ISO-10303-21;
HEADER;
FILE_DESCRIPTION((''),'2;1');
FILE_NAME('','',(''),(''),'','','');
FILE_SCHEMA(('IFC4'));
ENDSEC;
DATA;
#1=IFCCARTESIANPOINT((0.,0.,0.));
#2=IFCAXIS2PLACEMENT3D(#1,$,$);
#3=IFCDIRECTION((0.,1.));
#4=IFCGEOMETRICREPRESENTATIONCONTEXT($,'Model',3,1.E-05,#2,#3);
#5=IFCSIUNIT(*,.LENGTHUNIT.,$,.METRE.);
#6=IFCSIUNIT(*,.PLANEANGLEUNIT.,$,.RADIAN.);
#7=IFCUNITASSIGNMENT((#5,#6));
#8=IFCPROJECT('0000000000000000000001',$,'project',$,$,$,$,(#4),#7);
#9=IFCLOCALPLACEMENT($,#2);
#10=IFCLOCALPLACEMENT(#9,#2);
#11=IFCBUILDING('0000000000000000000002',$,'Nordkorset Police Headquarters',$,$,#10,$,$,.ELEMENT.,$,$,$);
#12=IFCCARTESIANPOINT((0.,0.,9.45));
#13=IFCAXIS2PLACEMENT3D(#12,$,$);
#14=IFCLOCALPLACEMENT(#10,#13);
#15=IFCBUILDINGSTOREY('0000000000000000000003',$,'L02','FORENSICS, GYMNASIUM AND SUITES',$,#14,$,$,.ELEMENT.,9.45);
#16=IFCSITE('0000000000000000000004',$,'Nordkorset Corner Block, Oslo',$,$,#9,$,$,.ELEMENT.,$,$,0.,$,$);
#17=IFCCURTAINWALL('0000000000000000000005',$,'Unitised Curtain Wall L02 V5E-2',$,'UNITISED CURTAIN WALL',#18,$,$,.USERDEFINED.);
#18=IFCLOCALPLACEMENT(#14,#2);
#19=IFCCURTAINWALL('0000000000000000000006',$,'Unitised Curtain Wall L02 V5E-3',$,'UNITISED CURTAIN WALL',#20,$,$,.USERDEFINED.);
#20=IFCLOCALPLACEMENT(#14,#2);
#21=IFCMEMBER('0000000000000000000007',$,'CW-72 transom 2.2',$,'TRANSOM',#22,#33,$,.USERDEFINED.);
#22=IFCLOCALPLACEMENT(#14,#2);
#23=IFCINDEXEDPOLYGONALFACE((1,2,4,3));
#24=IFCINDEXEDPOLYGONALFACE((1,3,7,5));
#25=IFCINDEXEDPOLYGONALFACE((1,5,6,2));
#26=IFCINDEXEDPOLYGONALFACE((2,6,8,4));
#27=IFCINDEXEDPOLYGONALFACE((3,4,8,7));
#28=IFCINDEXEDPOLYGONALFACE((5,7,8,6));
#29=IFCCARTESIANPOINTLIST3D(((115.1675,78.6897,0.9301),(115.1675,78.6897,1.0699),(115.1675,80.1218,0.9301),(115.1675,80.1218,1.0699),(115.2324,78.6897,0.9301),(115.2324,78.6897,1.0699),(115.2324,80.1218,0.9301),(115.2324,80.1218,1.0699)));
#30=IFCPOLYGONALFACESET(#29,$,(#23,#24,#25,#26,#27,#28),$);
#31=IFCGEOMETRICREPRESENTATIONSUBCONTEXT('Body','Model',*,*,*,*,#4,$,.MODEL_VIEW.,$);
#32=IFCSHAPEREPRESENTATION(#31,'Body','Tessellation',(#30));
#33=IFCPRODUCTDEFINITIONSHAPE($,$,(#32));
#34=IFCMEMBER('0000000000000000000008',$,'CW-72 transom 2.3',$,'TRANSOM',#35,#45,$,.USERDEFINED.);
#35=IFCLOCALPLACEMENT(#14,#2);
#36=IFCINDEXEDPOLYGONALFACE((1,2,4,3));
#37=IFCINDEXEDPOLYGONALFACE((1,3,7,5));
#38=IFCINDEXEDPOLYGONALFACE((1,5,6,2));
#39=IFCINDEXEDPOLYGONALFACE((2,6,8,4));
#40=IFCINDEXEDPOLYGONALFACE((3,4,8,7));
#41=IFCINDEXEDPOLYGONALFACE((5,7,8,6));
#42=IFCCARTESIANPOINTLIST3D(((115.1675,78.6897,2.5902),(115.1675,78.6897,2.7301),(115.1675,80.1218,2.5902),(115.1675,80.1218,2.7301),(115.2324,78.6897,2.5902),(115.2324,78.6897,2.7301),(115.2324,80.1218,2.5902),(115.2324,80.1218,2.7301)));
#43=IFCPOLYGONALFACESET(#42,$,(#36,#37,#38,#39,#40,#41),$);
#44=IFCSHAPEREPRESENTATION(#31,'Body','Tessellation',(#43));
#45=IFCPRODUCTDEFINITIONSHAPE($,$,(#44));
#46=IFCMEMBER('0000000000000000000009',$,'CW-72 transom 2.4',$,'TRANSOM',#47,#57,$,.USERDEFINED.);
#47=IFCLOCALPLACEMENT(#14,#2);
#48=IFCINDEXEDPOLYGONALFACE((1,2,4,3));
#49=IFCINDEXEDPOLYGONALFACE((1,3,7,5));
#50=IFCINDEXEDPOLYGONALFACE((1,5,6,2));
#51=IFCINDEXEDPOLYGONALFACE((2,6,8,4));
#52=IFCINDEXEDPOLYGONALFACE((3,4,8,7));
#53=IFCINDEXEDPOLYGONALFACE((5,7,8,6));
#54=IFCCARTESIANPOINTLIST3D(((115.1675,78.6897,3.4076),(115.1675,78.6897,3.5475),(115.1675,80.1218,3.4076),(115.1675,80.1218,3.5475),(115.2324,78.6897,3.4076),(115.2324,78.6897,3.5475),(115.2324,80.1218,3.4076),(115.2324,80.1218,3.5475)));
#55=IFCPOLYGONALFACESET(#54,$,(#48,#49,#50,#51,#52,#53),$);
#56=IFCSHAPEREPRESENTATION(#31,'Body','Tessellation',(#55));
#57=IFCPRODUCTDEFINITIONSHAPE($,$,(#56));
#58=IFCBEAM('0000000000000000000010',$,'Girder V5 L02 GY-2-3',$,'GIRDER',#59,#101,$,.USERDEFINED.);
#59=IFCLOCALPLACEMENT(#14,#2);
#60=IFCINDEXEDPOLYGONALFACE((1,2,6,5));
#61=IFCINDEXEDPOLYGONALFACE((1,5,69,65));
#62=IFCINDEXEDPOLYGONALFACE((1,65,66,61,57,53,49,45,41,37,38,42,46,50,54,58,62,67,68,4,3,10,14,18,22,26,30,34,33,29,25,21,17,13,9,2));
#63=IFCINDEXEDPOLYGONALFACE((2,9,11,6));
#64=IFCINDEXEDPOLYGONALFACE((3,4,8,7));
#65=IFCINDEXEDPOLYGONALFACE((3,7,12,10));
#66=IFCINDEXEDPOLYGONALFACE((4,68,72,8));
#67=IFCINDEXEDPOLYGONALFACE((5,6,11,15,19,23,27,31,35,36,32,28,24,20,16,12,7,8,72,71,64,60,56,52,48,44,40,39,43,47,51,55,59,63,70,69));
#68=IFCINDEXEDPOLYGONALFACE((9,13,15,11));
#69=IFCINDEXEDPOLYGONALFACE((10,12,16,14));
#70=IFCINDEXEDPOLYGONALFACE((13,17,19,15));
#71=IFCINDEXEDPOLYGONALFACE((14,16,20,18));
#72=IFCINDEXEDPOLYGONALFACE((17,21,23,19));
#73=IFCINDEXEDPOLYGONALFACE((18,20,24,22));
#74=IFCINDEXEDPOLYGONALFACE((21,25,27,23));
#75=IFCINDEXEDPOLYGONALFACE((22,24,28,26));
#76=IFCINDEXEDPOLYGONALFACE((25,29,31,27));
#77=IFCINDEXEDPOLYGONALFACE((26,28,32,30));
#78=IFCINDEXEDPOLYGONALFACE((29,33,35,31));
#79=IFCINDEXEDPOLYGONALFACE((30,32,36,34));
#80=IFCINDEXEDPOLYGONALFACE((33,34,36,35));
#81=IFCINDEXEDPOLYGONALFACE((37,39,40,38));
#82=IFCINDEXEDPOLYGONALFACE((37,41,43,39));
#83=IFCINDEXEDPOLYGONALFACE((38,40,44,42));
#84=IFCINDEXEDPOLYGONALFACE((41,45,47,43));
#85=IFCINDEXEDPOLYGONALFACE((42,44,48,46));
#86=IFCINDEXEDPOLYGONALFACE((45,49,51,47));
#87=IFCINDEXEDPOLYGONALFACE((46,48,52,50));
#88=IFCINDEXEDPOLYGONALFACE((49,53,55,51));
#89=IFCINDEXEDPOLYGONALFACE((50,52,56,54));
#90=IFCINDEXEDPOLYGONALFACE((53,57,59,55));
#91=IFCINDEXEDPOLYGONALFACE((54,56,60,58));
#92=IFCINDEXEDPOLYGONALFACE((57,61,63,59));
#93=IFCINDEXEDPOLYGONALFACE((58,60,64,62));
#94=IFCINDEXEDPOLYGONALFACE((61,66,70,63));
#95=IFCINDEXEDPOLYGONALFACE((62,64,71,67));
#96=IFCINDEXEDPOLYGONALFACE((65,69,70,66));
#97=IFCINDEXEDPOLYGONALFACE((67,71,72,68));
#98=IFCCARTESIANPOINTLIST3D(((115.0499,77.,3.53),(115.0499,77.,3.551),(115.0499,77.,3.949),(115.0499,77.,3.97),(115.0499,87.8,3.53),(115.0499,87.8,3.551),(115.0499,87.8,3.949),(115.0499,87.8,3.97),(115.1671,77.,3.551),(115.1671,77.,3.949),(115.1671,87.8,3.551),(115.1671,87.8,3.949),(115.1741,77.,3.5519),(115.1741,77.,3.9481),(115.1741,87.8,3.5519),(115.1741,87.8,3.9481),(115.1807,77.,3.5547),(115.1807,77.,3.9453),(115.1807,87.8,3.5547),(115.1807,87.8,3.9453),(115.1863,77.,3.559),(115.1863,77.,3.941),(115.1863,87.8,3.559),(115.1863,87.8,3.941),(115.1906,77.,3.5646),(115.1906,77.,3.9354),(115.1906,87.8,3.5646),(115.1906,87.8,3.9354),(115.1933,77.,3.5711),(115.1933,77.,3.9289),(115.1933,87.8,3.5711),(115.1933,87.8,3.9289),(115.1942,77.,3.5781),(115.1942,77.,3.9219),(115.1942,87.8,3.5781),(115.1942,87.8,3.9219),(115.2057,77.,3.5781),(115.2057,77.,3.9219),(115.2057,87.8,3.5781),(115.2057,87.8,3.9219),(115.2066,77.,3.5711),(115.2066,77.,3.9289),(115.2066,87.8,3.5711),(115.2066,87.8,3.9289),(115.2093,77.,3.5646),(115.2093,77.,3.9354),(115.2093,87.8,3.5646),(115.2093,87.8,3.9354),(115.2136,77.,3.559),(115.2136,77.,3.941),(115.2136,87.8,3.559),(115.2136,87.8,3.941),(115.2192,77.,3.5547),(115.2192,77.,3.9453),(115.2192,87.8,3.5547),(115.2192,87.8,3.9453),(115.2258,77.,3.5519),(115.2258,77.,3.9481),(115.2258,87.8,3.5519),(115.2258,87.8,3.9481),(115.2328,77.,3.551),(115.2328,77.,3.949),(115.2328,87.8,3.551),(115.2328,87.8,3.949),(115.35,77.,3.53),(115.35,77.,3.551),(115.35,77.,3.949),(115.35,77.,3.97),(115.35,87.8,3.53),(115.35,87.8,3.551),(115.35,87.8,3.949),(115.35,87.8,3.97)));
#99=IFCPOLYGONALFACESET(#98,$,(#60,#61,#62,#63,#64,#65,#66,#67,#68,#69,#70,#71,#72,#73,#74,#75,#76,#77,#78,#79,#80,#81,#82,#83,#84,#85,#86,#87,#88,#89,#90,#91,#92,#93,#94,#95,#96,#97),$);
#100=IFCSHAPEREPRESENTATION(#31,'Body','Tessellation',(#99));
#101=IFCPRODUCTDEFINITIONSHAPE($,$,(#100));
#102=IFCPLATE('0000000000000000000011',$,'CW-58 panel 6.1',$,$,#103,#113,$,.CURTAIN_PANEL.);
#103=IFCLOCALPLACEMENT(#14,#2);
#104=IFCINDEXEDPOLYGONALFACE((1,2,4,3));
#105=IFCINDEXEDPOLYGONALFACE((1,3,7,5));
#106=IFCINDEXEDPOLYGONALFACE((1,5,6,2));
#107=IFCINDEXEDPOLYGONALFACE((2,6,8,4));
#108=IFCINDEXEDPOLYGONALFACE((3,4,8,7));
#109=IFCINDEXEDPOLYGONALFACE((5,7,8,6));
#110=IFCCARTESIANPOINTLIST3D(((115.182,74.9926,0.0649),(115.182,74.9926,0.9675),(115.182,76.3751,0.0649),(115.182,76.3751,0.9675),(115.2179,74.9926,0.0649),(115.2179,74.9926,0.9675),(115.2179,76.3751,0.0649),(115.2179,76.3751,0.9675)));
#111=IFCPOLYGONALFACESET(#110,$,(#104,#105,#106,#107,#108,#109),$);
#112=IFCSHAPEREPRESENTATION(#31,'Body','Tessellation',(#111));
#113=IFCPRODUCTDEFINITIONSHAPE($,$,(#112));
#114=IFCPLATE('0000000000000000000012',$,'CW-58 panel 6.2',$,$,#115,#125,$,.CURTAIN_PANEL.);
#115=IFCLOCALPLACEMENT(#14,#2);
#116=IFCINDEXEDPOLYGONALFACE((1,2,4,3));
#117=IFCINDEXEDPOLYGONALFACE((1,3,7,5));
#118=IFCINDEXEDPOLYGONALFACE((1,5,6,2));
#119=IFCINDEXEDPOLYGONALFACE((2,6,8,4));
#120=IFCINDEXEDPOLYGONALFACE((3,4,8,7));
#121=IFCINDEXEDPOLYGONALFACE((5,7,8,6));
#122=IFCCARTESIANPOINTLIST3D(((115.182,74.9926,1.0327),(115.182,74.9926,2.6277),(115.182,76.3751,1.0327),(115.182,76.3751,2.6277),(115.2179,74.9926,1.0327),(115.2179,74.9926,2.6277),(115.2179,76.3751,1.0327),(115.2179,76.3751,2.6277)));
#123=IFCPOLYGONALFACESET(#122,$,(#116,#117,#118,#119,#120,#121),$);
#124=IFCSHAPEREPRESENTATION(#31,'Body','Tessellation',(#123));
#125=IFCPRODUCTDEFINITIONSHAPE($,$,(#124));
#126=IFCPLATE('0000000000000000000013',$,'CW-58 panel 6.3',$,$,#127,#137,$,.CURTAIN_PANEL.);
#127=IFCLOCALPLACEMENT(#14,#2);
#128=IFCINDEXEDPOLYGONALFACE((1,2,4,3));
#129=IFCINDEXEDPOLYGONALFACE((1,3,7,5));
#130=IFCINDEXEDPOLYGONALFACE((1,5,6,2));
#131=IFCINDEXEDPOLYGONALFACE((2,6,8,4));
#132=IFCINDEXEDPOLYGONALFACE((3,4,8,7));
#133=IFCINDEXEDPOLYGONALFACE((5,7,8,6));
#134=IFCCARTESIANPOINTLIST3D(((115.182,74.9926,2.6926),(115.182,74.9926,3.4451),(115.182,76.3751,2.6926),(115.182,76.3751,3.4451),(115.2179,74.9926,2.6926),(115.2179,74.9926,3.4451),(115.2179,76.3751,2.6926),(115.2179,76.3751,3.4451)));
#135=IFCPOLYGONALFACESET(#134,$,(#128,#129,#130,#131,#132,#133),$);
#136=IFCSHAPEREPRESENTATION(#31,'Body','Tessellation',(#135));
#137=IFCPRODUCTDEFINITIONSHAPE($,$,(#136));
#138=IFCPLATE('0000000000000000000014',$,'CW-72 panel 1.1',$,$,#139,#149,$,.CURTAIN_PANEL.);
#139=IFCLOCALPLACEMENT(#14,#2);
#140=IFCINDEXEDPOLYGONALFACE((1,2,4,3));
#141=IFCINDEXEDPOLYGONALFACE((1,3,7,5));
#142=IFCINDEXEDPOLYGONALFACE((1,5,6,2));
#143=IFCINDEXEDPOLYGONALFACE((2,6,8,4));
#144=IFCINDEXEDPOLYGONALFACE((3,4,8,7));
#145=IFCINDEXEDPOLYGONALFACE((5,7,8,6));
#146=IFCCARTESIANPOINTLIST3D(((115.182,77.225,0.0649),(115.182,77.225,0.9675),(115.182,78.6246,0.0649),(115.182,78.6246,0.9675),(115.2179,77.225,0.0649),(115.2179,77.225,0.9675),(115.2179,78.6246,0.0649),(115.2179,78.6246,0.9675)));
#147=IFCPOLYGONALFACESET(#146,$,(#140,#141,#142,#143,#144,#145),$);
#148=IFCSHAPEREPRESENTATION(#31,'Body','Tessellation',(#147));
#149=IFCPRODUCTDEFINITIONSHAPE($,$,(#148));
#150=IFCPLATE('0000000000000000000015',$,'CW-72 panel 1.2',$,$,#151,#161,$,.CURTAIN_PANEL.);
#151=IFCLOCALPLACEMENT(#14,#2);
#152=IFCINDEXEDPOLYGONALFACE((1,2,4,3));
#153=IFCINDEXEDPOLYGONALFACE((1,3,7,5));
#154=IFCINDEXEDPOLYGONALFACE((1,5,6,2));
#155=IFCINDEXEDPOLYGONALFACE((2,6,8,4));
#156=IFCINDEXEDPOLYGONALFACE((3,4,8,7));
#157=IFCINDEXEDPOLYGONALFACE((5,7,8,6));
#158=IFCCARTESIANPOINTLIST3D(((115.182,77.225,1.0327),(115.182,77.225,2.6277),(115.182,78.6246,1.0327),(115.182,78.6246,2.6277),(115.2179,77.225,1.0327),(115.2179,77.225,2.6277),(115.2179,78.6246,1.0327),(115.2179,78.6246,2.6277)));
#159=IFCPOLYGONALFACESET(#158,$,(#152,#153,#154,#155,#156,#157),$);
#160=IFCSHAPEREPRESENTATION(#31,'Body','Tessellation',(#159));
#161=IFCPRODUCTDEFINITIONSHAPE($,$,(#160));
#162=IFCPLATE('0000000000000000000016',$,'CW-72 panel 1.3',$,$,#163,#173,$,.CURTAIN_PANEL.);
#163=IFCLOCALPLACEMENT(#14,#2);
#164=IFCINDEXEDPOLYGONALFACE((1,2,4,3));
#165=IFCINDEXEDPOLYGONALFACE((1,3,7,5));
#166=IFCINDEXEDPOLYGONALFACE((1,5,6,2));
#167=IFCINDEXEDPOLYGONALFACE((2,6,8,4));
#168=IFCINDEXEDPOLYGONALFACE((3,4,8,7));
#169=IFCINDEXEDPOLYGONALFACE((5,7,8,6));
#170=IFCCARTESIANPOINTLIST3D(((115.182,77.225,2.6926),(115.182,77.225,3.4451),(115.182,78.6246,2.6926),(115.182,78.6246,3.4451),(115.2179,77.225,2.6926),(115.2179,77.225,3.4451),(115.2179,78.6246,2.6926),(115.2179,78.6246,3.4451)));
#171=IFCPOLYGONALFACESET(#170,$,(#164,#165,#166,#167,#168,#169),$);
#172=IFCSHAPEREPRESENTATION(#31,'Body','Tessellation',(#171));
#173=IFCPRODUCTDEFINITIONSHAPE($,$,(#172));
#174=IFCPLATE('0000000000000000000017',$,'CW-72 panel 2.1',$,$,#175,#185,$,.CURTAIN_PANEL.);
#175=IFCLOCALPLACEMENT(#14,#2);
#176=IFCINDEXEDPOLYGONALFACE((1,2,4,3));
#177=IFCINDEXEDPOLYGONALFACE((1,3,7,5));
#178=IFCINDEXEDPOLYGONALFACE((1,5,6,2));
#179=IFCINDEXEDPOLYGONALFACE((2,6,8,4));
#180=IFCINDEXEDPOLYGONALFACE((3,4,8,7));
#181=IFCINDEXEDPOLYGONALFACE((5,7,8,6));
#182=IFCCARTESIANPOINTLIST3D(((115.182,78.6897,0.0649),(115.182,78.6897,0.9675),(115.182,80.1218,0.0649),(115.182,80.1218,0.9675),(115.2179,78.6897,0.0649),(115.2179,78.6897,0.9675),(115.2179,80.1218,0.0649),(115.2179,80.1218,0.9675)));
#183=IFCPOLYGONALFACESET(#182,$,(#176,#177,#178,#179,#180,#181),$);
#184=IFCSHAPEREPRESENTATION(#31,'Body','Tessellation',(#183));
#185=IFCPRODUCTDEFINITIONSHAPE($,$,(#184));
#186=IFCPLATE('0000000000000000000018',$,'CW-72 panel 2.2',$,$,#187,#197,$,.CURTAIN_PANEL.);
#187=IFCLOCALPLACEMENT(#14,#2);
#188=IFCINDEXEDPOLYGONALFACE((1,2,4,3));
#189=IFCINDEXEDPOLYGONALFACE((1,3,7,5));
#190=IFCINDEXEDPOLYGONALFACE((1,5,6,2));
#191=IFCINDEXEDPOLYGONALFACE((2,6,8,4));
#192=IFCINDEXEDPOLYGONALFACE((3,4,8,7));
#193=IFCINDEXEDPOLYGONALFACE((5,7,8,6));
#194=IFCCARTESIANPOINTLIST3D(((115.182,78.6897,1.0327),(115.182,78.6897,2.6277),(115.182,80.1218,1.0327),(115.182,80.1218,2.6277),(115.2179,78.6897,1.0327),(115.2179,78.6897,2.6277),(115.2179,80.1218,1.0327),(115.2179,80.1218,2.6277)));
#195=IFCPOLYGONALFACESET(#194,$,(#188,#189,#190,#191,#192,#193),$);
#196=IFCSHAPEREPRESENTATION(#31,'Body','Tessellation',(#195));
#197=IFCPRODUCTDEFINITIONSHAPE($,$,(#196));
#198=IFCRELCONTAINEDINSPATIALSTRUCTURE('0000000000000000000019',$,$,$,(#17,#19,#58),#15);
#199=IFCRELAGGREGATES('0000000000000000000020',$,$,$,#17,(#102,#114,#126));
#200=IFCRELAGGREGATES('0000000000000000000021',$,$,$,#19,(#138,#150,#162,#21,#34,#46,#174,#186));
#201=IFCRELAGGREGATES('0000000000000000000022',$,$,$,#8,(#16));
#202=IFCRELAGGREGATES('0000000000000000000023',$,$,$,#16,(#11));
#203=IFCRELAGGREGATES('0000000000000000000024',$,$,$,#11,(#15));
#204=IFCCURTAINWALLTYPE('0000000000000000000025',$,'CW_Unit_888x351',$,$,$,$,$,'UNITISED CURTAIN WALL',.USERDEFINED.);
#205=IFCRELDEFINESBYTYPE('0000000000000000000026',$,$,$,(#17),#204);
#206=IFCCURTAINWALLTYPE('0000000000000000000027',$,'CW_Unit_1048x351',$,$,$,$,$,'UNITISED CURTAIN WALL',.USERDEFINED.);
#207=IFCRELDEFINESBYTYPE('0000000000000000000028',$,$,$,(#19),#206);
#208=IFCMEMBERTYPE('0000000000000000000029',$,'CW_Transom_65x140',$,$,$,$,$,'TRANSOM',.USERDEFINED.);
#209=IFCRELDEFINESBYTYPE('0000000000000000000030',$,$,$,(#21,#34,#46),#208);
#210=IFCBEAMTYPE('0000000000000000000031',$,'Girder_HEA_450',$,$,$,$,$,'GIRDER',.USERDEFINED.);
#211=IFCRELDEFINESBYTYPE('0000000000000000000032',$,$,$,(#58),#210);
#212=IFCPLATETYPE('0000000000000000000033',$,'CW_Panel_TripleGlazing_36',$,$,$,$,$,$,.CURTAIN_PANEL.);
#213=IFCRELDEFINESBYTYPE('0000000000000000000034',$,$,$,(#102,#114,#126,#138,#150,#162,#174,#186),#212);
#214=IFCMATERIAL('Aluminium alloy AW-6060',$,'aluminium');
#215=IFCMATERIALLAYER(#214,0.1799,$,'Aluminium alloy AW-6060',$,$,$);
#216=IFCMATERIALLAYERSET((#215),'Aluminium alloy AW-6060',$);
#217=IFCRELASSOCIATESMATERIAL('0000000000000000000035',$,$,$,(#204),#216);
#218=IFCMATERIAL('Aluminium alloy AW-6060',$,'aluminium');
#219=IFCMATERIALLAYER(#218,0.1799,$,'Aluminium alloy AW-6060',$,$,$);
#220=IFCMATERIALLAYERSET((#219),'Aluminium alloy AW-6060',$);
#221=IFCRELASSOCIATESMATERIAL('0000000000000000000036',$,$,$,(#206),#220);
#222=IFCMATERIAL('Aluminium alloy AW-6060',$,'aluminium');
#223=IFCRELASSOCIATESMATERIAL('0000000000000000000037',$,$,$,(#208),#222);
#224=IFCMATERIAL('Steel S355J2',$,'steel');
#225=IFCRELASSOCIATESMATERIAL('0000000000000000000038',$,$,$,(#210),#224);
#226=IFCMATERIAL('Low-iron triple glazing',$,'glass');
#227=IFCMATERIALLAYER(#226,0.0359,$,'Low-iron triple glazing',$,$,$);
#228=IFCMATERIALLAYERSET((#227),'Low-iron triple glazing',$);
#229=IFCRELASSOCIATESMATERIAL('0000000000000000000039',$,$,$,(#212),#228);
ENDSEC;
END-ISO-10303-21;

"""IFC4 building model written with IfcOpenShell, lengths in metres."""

from ifc_helpers import new_model, si_unit, direction, frame, origin, origin_2d, place, context, subcontext, project, spatial, rectangle, i_section, extrude, material, layer, layer_set, material_profile, profile_set, type_object, element, aggregate, save


model = new_model("IFC4")

# Units and contexts
model_context = context("Model", 3, precision=1e-05, world=origin(), true_north=direction((0.0, 1.0)))
body_context = subcontext(model_context, "Body", "Model", "MODEL_VIEW")
ifc_project = project(units=[si_unit("LENGTHUNIT", "METRE"), si_unit("PLANEANGLEUNIT", "RADIAN")], contexts=[model_context])

# Site, building, storey
site_placement = place(None, origin())
site = spatial("IfcSite", under=ifc_project, at=site_placement, Name="Nordkorset Corner Block, Oslo", CompositionType="ELEMENT", RefElevation=0.0)
building_placement = place(site_placement, origin())
building = spatial("IfcBuilding", under=site, at=building_placement, Name="Nordkorset Police Headquarters", CompositionType="ELEMENT")
storey_placement = place(building_placement, frame((0.0, 0.0, 9.45)))
storey = spatial("IfcBuildingStorey", under=building, at=storey_placement, Name="L02", Description="FORENSICS, GYMNASIUM AND SUITES", CompositionType="ELEMENT", Elevation=9.45)

# Curtain wall
ifc_material_1 = material(Name="Aluminium alloy AW-6060", Category="aluminium")
ifc_layer_1 = layer(ifc_material_1, 0.1799, Name="Aluminium alloy AW-6060")
ifc_layer_set_1 = layer_set([ifc_layer_1], Name="Aluminium alloy AW-6060")
curtain_wall_type_1 = type_object("IfcCurtainWallType", Name="CW_Unit_888x351", ElementType="UNITISED CURTAIN WALL", PredefinedType="USERDEFINED", material=ifc_layer_set_1)
curtain_wall_1_placement = place(storey_placement, origin())
curtain_wall_1 = element("IfcCurtainWall", 1, at=curtain_wall_1_placement, inside=storey, type_object=curtain_wall_type_1, Name="Unitised Curtain Wall L02 V5E-2", ObjectType="UNITISED CURTAIN WALL", PredefinedType="USERDEFINED")

# Curtain wall
ifc_material_2 = material(Name="Aluminium alloy AW-6060", Category="aluminium")
ifc_layer_2 = layer(ifc_material_2, 0.1799, Name="Aluminium alloy AW-6060")
ifc_layer_set_2 = layer_set([ifc_layer_2], Name="Aluminium alloy AW-6060")
curtain_wall_type_2 = type_object("IfcCurtainWallType", Name="CW_Unit_1048x351", ElementType="UNITISED CURTAIN WALL", PredefinedType="USERDEFINED", material=ifc_layer_set_2)
curtain_wall_2_placement = place(storey_placement, origin())
curtain_wall_2 = element("IfcCurtainWall", 2, at=curtain_wall_2_placement, inside=storey, type_object=curtain_wall_type_2, Name="Unitised Curtain Wall L02 V5E-3", ObjectType="UNITISED CURTAIN WALL", PredefinedType="USERDEFINED")

# Members
ifc_material_3 = material(Name="Aluminium alloy AW-6060", Category="aluminium")
ifc_material_profile_1 = material_profile(ifc_material_3, rectangle(XDim=0.0649, YDim=0.1399, at=origin_2d()), Name="ALU TRAN 65x140")
ifc_profile_set_1 = profile_set([ifc_material_profile_1], Name="Aluminium alloy AW-6060")
member_type_1 = type_object("IfcMemberType", Name="CW_Transom_65x140", ElementType="TRANSOM", PredefinedType="USERDEFINED", material=ifc_profile_set_1)
member_1_placement = place(storey_placement, frame((115.2, 78.6897, 1.0), z_axis=(0.0, 1.0, 0.0), x_axis=(-1.0, 0.0, 0.0)))
member_1 = element("IfcMember", 3, at=member_1_placement, type_object=member_type_1, Name="CW-72 transom 2.2", ObjectType="TRANSOM", PredefinedType="USERDEFINED", context=body_context, shape_type="SweptSolid", body=[
    extrude(rectangle(XDim=0.0649, YDim=0.1399, at=origin_2d()), origin(), (0.0, 0.0, 1.0), 1.4321),
])
member_2_placement = place(storey_placement, frame((115.2, 78.6897, 2.6602), z_axis=(0.0, 1.0, 0.0), x_axis=(-1.0, 0.0, 0.0)))
member_2 = element("IfcMember", 4, at=member_2_placement, type_object=member_type_1, Name="CW-72 transom 2.3", ObjectType="TRANSOM", PredefinedType="USERDEFINED", context=body_context, shape_type="SweptSolid", body=[
    extrude(rectangle(XDim=0.0649, YDim=0.1399, at=origin_2d()), origin(), (0.0, 0.0, 1.0), 1.4321),
])
member_3_placement = place(storey_placement, frame((115.2, 78.6897, 3.4775), z_axis=(0.0, 1.0, 0.0), x_axis=(-1.0, 0.0, 0.0)))
member_3 = element("IfcMember", 5, at=member_3_placement, type_object=member_type_1, Name="CW-72 transom 2.4", ObjectType="TRANSOM", PredefinedType="USERDEFINED", context=body_context, shape_type="SweptSolid", body=[
    extrude(rectangle(XDim=0.0649, YDim=0.1399, at=origin_2d()), origin(), (0.0, 0.0, 1.0), 1.4321),
])

# Beam
ifc_material_4 = material(Name="Steel S355J2", Category="steel")
ifc_material_profile_2 = material_profile(ifc_material_4, i_section(OverallWidth=0.3, OverallDepth=0.4399, WebThickness=0.0115, FlangeThickness=0.021, FilletRadius=0.0271, at=origin_2d()), Name="HEA 450")
ifc_profile_set_2 = profile_set([ifc_material_profile_2], Name="Steel S355J2")
beam_type = type_object("IfcBeamType", Name="Girder_HEA_450", ElementType="GIRDER", PredefinedType="USERDEFINED", material=ifc_profile_set_2)
beam_placement = place(storey_placement, frame((115.2, 77.0, 3.75), z_axis=(0.0, 1.0, 0.0), x_axis=(-1.0, 0.0, 0.0)))
element("IfcBeam", 6, at=beam_placement, inside=storey, type_object=beam_type, Name="Girder V5 L02 GY-2-3", ObjectType="GIRDER", PredefinedType="USERDEFINED", context=body_context, shape_type="SweptSolid", body=[
    extrude(i_section(OverallWidth=0.3, OverallDepth=0.4399, WebThickness=0.0115, FlangeThickness=0.021, FilletRadius=0.0271, at=origin_2d()), origin(), (0.0, 0.0, 1.0), 10.8),
])

# Plates
ifc_material_5 = material(Name="Low-iron triple glazing", Category="glass")
ifc_layer_3 = layer(ifc_material_5, 0.0359, Name="Low-iron triple glazing")
ifc_layer_set_3 = layer_set([ifc_layer_3], Name="Low-iron triple glazing")
plate_type = type_object("IfcPlateType", Name="CW_Panel_TripleGlazing_36", PredefinedType="CURTAIN_PANEL", material=ifc_layer_set_3)
plate_1_placement = place(storey_placement, frame((115.2, 75.6838, 0.0649), z_axis=(0.0, 0.0, 1.0), x_axis=(0.0, 1.0, 0.0)))
plate_1 = element("IfcPlate", 7, at=plate_1_placement, type_object=plate_type, Name="CW-58 panel 6.1", PredefinedType="CURTAIN_PANEL", context=body_context, shape_type="SweptSolid", body=[
    extrude(rectangle(XDim=1.3826, YDim=0.0359, at=origin_2d()), origin(), (0.0, 0.0, 1.0), 0.9026),
])
plate_2_placement = place(storey_placement, frame((115.2, 75.6838, 1.0327), z_axis=(0.0, 0.0, 1.0), x_axis=(0.0, 1.0, 0.0)))
plate_2 = element("IfcPlate", 8, at=plate_2_placement, type_object=plate_type, Name="CW-58 panel 6.2", PredefinedType="CURTAIN_PANEL", context=body_context, shape_type="SweptSolid", body=[
    extrude(rectangle(XDim=1.3826, YDim=0.0359, at=origin_2d()), origin(), (0.0, 0.0, 1.0), 1.595),
])
plate_3_placement = place(storey_placement, frame((115.2, 75.6838, 2.6926), z_axis=(0.0, 0.0, 1.0), x_axis=(0.0, 1.0, 0.0)))
plate_3 = element("IfcPlate", 9, at=plate_3_placement, type_object=plate_type, Name="CW-58 panel 6.3", PredefinedType="CURTAIN_PANEL", context=body_context, shape_type="SweptSolid", body=[
    extrude(rectangle(XDim=1.3826, YDim=0.0359, at=origin_2d()), origin(), (0.0, 0.0, 1.0), 0.7524),
])
aggregate(curtain_wall_1, [plate_1, plate_2, plate_3])
plate_4_placement = place(storey_placement, frame((115.2, 77.9248, 0.0649), z_axis=(0.0, 0.0, 1.0), x_axis=(0.0, 1.0, 0.0)))
plate_4 = element("IfcPlate", 10, at=plate_4_placement, type_object=plate_type, Name="CW-72 panel 1.1", PredefinedType="CURTAIN_PANEL", context=body_context, shape_type="SweptSolid", body=[
    extrude(rectangle(XDim=1.3997, YDim=0.0359, at=origin_2d()), origin(), (0.0, 0.0, 1.0), 0.9026),
])
plate_5_placement = place(storey_placement, frame((115.2, 77.9248, 1.0327), z_axis=(0.0, 0.0, 1.0), x_axis=(0.0, 1.0, 0.0)))
plate_5 = element("IfcPlate", 11, at=plate_5_placement, type_object=plate_type, Name="CW-72 panel 1.2", PredefinedType="CURTAIN_PANEL", context=body_context, shape_type="SweptSolid", body=[
    extrude(rectangle(XDim=1.3997, YDim=0.0359, at=origin_2d()), origin(), (0.0, 0.0, 1.0), 1.595),
])
plate_6_placement = place(storey_placement, frame((115.2, 77.9248, 2.6926), z_axis=(0.0, 0.0, 1.0), x_axis=(0.0, 1.0, 0.0)))
plate_6 = element("IfcPlate", 12, at=plate_6_placement, type_object=plate_type, Name="CW-72 panel 1.3", PredefinedType="CURTAIN_PANEL", context=body_context, shape_type="SweptSolid", body=[
    extrude(rectangle(XDim=1.3997, YDim=0.0359, at=origin_2d()), origin(), (0.0, 0.0, 1.0), 0.7524),
])
plate_7_placement = place(storey_placement, frame((115.2, 79.4058, 0.0649), z_axis=(0.0, 0.0, 1.0), x_axis=(0.0, 1.0, 0.0)))
plate_7 = element("IfcPlate", 13, at=plate_7_placement, type_object=plate_type, Name="CW-72 panel 2.1", PredefinedType="CURTAIN_PANEL", context=body_context, shape_type="SweptSolid", body=[
    extrude(rectangle(XDim=1.4321, YDim=0.0359, at=origin_2d()), origin(), (0.0, 0.0, 1.0), 0.9026),
])
plate_8_placement = place(storey_placement, frame((115.2, 79.4058, 1.0327), z_axis=(0.0, 0.0, 1.0), x_axis=(0.0, 1.0, 0.0)))
plate_8 = element("IfcPlate", 14, at=plate_8_placement, type_object=plate_type, Name="CW-72 panel 2.2", PredefinedType="CURTAIN_PANEL", context=body_context, shape_type="SweptSolid", body=[
    extrude(rectangle(XDim=1.4321, YDim=0.0359, at=origin_2d()), origin(), (0.0, 0.0, 1.0), 1.595),
])
aggregate(curtain_wall_2, [plate_4, plate_5, plate_6, member_1, member_2, member_3, plate_7, plate_8])

save(model, "model.ifc")
